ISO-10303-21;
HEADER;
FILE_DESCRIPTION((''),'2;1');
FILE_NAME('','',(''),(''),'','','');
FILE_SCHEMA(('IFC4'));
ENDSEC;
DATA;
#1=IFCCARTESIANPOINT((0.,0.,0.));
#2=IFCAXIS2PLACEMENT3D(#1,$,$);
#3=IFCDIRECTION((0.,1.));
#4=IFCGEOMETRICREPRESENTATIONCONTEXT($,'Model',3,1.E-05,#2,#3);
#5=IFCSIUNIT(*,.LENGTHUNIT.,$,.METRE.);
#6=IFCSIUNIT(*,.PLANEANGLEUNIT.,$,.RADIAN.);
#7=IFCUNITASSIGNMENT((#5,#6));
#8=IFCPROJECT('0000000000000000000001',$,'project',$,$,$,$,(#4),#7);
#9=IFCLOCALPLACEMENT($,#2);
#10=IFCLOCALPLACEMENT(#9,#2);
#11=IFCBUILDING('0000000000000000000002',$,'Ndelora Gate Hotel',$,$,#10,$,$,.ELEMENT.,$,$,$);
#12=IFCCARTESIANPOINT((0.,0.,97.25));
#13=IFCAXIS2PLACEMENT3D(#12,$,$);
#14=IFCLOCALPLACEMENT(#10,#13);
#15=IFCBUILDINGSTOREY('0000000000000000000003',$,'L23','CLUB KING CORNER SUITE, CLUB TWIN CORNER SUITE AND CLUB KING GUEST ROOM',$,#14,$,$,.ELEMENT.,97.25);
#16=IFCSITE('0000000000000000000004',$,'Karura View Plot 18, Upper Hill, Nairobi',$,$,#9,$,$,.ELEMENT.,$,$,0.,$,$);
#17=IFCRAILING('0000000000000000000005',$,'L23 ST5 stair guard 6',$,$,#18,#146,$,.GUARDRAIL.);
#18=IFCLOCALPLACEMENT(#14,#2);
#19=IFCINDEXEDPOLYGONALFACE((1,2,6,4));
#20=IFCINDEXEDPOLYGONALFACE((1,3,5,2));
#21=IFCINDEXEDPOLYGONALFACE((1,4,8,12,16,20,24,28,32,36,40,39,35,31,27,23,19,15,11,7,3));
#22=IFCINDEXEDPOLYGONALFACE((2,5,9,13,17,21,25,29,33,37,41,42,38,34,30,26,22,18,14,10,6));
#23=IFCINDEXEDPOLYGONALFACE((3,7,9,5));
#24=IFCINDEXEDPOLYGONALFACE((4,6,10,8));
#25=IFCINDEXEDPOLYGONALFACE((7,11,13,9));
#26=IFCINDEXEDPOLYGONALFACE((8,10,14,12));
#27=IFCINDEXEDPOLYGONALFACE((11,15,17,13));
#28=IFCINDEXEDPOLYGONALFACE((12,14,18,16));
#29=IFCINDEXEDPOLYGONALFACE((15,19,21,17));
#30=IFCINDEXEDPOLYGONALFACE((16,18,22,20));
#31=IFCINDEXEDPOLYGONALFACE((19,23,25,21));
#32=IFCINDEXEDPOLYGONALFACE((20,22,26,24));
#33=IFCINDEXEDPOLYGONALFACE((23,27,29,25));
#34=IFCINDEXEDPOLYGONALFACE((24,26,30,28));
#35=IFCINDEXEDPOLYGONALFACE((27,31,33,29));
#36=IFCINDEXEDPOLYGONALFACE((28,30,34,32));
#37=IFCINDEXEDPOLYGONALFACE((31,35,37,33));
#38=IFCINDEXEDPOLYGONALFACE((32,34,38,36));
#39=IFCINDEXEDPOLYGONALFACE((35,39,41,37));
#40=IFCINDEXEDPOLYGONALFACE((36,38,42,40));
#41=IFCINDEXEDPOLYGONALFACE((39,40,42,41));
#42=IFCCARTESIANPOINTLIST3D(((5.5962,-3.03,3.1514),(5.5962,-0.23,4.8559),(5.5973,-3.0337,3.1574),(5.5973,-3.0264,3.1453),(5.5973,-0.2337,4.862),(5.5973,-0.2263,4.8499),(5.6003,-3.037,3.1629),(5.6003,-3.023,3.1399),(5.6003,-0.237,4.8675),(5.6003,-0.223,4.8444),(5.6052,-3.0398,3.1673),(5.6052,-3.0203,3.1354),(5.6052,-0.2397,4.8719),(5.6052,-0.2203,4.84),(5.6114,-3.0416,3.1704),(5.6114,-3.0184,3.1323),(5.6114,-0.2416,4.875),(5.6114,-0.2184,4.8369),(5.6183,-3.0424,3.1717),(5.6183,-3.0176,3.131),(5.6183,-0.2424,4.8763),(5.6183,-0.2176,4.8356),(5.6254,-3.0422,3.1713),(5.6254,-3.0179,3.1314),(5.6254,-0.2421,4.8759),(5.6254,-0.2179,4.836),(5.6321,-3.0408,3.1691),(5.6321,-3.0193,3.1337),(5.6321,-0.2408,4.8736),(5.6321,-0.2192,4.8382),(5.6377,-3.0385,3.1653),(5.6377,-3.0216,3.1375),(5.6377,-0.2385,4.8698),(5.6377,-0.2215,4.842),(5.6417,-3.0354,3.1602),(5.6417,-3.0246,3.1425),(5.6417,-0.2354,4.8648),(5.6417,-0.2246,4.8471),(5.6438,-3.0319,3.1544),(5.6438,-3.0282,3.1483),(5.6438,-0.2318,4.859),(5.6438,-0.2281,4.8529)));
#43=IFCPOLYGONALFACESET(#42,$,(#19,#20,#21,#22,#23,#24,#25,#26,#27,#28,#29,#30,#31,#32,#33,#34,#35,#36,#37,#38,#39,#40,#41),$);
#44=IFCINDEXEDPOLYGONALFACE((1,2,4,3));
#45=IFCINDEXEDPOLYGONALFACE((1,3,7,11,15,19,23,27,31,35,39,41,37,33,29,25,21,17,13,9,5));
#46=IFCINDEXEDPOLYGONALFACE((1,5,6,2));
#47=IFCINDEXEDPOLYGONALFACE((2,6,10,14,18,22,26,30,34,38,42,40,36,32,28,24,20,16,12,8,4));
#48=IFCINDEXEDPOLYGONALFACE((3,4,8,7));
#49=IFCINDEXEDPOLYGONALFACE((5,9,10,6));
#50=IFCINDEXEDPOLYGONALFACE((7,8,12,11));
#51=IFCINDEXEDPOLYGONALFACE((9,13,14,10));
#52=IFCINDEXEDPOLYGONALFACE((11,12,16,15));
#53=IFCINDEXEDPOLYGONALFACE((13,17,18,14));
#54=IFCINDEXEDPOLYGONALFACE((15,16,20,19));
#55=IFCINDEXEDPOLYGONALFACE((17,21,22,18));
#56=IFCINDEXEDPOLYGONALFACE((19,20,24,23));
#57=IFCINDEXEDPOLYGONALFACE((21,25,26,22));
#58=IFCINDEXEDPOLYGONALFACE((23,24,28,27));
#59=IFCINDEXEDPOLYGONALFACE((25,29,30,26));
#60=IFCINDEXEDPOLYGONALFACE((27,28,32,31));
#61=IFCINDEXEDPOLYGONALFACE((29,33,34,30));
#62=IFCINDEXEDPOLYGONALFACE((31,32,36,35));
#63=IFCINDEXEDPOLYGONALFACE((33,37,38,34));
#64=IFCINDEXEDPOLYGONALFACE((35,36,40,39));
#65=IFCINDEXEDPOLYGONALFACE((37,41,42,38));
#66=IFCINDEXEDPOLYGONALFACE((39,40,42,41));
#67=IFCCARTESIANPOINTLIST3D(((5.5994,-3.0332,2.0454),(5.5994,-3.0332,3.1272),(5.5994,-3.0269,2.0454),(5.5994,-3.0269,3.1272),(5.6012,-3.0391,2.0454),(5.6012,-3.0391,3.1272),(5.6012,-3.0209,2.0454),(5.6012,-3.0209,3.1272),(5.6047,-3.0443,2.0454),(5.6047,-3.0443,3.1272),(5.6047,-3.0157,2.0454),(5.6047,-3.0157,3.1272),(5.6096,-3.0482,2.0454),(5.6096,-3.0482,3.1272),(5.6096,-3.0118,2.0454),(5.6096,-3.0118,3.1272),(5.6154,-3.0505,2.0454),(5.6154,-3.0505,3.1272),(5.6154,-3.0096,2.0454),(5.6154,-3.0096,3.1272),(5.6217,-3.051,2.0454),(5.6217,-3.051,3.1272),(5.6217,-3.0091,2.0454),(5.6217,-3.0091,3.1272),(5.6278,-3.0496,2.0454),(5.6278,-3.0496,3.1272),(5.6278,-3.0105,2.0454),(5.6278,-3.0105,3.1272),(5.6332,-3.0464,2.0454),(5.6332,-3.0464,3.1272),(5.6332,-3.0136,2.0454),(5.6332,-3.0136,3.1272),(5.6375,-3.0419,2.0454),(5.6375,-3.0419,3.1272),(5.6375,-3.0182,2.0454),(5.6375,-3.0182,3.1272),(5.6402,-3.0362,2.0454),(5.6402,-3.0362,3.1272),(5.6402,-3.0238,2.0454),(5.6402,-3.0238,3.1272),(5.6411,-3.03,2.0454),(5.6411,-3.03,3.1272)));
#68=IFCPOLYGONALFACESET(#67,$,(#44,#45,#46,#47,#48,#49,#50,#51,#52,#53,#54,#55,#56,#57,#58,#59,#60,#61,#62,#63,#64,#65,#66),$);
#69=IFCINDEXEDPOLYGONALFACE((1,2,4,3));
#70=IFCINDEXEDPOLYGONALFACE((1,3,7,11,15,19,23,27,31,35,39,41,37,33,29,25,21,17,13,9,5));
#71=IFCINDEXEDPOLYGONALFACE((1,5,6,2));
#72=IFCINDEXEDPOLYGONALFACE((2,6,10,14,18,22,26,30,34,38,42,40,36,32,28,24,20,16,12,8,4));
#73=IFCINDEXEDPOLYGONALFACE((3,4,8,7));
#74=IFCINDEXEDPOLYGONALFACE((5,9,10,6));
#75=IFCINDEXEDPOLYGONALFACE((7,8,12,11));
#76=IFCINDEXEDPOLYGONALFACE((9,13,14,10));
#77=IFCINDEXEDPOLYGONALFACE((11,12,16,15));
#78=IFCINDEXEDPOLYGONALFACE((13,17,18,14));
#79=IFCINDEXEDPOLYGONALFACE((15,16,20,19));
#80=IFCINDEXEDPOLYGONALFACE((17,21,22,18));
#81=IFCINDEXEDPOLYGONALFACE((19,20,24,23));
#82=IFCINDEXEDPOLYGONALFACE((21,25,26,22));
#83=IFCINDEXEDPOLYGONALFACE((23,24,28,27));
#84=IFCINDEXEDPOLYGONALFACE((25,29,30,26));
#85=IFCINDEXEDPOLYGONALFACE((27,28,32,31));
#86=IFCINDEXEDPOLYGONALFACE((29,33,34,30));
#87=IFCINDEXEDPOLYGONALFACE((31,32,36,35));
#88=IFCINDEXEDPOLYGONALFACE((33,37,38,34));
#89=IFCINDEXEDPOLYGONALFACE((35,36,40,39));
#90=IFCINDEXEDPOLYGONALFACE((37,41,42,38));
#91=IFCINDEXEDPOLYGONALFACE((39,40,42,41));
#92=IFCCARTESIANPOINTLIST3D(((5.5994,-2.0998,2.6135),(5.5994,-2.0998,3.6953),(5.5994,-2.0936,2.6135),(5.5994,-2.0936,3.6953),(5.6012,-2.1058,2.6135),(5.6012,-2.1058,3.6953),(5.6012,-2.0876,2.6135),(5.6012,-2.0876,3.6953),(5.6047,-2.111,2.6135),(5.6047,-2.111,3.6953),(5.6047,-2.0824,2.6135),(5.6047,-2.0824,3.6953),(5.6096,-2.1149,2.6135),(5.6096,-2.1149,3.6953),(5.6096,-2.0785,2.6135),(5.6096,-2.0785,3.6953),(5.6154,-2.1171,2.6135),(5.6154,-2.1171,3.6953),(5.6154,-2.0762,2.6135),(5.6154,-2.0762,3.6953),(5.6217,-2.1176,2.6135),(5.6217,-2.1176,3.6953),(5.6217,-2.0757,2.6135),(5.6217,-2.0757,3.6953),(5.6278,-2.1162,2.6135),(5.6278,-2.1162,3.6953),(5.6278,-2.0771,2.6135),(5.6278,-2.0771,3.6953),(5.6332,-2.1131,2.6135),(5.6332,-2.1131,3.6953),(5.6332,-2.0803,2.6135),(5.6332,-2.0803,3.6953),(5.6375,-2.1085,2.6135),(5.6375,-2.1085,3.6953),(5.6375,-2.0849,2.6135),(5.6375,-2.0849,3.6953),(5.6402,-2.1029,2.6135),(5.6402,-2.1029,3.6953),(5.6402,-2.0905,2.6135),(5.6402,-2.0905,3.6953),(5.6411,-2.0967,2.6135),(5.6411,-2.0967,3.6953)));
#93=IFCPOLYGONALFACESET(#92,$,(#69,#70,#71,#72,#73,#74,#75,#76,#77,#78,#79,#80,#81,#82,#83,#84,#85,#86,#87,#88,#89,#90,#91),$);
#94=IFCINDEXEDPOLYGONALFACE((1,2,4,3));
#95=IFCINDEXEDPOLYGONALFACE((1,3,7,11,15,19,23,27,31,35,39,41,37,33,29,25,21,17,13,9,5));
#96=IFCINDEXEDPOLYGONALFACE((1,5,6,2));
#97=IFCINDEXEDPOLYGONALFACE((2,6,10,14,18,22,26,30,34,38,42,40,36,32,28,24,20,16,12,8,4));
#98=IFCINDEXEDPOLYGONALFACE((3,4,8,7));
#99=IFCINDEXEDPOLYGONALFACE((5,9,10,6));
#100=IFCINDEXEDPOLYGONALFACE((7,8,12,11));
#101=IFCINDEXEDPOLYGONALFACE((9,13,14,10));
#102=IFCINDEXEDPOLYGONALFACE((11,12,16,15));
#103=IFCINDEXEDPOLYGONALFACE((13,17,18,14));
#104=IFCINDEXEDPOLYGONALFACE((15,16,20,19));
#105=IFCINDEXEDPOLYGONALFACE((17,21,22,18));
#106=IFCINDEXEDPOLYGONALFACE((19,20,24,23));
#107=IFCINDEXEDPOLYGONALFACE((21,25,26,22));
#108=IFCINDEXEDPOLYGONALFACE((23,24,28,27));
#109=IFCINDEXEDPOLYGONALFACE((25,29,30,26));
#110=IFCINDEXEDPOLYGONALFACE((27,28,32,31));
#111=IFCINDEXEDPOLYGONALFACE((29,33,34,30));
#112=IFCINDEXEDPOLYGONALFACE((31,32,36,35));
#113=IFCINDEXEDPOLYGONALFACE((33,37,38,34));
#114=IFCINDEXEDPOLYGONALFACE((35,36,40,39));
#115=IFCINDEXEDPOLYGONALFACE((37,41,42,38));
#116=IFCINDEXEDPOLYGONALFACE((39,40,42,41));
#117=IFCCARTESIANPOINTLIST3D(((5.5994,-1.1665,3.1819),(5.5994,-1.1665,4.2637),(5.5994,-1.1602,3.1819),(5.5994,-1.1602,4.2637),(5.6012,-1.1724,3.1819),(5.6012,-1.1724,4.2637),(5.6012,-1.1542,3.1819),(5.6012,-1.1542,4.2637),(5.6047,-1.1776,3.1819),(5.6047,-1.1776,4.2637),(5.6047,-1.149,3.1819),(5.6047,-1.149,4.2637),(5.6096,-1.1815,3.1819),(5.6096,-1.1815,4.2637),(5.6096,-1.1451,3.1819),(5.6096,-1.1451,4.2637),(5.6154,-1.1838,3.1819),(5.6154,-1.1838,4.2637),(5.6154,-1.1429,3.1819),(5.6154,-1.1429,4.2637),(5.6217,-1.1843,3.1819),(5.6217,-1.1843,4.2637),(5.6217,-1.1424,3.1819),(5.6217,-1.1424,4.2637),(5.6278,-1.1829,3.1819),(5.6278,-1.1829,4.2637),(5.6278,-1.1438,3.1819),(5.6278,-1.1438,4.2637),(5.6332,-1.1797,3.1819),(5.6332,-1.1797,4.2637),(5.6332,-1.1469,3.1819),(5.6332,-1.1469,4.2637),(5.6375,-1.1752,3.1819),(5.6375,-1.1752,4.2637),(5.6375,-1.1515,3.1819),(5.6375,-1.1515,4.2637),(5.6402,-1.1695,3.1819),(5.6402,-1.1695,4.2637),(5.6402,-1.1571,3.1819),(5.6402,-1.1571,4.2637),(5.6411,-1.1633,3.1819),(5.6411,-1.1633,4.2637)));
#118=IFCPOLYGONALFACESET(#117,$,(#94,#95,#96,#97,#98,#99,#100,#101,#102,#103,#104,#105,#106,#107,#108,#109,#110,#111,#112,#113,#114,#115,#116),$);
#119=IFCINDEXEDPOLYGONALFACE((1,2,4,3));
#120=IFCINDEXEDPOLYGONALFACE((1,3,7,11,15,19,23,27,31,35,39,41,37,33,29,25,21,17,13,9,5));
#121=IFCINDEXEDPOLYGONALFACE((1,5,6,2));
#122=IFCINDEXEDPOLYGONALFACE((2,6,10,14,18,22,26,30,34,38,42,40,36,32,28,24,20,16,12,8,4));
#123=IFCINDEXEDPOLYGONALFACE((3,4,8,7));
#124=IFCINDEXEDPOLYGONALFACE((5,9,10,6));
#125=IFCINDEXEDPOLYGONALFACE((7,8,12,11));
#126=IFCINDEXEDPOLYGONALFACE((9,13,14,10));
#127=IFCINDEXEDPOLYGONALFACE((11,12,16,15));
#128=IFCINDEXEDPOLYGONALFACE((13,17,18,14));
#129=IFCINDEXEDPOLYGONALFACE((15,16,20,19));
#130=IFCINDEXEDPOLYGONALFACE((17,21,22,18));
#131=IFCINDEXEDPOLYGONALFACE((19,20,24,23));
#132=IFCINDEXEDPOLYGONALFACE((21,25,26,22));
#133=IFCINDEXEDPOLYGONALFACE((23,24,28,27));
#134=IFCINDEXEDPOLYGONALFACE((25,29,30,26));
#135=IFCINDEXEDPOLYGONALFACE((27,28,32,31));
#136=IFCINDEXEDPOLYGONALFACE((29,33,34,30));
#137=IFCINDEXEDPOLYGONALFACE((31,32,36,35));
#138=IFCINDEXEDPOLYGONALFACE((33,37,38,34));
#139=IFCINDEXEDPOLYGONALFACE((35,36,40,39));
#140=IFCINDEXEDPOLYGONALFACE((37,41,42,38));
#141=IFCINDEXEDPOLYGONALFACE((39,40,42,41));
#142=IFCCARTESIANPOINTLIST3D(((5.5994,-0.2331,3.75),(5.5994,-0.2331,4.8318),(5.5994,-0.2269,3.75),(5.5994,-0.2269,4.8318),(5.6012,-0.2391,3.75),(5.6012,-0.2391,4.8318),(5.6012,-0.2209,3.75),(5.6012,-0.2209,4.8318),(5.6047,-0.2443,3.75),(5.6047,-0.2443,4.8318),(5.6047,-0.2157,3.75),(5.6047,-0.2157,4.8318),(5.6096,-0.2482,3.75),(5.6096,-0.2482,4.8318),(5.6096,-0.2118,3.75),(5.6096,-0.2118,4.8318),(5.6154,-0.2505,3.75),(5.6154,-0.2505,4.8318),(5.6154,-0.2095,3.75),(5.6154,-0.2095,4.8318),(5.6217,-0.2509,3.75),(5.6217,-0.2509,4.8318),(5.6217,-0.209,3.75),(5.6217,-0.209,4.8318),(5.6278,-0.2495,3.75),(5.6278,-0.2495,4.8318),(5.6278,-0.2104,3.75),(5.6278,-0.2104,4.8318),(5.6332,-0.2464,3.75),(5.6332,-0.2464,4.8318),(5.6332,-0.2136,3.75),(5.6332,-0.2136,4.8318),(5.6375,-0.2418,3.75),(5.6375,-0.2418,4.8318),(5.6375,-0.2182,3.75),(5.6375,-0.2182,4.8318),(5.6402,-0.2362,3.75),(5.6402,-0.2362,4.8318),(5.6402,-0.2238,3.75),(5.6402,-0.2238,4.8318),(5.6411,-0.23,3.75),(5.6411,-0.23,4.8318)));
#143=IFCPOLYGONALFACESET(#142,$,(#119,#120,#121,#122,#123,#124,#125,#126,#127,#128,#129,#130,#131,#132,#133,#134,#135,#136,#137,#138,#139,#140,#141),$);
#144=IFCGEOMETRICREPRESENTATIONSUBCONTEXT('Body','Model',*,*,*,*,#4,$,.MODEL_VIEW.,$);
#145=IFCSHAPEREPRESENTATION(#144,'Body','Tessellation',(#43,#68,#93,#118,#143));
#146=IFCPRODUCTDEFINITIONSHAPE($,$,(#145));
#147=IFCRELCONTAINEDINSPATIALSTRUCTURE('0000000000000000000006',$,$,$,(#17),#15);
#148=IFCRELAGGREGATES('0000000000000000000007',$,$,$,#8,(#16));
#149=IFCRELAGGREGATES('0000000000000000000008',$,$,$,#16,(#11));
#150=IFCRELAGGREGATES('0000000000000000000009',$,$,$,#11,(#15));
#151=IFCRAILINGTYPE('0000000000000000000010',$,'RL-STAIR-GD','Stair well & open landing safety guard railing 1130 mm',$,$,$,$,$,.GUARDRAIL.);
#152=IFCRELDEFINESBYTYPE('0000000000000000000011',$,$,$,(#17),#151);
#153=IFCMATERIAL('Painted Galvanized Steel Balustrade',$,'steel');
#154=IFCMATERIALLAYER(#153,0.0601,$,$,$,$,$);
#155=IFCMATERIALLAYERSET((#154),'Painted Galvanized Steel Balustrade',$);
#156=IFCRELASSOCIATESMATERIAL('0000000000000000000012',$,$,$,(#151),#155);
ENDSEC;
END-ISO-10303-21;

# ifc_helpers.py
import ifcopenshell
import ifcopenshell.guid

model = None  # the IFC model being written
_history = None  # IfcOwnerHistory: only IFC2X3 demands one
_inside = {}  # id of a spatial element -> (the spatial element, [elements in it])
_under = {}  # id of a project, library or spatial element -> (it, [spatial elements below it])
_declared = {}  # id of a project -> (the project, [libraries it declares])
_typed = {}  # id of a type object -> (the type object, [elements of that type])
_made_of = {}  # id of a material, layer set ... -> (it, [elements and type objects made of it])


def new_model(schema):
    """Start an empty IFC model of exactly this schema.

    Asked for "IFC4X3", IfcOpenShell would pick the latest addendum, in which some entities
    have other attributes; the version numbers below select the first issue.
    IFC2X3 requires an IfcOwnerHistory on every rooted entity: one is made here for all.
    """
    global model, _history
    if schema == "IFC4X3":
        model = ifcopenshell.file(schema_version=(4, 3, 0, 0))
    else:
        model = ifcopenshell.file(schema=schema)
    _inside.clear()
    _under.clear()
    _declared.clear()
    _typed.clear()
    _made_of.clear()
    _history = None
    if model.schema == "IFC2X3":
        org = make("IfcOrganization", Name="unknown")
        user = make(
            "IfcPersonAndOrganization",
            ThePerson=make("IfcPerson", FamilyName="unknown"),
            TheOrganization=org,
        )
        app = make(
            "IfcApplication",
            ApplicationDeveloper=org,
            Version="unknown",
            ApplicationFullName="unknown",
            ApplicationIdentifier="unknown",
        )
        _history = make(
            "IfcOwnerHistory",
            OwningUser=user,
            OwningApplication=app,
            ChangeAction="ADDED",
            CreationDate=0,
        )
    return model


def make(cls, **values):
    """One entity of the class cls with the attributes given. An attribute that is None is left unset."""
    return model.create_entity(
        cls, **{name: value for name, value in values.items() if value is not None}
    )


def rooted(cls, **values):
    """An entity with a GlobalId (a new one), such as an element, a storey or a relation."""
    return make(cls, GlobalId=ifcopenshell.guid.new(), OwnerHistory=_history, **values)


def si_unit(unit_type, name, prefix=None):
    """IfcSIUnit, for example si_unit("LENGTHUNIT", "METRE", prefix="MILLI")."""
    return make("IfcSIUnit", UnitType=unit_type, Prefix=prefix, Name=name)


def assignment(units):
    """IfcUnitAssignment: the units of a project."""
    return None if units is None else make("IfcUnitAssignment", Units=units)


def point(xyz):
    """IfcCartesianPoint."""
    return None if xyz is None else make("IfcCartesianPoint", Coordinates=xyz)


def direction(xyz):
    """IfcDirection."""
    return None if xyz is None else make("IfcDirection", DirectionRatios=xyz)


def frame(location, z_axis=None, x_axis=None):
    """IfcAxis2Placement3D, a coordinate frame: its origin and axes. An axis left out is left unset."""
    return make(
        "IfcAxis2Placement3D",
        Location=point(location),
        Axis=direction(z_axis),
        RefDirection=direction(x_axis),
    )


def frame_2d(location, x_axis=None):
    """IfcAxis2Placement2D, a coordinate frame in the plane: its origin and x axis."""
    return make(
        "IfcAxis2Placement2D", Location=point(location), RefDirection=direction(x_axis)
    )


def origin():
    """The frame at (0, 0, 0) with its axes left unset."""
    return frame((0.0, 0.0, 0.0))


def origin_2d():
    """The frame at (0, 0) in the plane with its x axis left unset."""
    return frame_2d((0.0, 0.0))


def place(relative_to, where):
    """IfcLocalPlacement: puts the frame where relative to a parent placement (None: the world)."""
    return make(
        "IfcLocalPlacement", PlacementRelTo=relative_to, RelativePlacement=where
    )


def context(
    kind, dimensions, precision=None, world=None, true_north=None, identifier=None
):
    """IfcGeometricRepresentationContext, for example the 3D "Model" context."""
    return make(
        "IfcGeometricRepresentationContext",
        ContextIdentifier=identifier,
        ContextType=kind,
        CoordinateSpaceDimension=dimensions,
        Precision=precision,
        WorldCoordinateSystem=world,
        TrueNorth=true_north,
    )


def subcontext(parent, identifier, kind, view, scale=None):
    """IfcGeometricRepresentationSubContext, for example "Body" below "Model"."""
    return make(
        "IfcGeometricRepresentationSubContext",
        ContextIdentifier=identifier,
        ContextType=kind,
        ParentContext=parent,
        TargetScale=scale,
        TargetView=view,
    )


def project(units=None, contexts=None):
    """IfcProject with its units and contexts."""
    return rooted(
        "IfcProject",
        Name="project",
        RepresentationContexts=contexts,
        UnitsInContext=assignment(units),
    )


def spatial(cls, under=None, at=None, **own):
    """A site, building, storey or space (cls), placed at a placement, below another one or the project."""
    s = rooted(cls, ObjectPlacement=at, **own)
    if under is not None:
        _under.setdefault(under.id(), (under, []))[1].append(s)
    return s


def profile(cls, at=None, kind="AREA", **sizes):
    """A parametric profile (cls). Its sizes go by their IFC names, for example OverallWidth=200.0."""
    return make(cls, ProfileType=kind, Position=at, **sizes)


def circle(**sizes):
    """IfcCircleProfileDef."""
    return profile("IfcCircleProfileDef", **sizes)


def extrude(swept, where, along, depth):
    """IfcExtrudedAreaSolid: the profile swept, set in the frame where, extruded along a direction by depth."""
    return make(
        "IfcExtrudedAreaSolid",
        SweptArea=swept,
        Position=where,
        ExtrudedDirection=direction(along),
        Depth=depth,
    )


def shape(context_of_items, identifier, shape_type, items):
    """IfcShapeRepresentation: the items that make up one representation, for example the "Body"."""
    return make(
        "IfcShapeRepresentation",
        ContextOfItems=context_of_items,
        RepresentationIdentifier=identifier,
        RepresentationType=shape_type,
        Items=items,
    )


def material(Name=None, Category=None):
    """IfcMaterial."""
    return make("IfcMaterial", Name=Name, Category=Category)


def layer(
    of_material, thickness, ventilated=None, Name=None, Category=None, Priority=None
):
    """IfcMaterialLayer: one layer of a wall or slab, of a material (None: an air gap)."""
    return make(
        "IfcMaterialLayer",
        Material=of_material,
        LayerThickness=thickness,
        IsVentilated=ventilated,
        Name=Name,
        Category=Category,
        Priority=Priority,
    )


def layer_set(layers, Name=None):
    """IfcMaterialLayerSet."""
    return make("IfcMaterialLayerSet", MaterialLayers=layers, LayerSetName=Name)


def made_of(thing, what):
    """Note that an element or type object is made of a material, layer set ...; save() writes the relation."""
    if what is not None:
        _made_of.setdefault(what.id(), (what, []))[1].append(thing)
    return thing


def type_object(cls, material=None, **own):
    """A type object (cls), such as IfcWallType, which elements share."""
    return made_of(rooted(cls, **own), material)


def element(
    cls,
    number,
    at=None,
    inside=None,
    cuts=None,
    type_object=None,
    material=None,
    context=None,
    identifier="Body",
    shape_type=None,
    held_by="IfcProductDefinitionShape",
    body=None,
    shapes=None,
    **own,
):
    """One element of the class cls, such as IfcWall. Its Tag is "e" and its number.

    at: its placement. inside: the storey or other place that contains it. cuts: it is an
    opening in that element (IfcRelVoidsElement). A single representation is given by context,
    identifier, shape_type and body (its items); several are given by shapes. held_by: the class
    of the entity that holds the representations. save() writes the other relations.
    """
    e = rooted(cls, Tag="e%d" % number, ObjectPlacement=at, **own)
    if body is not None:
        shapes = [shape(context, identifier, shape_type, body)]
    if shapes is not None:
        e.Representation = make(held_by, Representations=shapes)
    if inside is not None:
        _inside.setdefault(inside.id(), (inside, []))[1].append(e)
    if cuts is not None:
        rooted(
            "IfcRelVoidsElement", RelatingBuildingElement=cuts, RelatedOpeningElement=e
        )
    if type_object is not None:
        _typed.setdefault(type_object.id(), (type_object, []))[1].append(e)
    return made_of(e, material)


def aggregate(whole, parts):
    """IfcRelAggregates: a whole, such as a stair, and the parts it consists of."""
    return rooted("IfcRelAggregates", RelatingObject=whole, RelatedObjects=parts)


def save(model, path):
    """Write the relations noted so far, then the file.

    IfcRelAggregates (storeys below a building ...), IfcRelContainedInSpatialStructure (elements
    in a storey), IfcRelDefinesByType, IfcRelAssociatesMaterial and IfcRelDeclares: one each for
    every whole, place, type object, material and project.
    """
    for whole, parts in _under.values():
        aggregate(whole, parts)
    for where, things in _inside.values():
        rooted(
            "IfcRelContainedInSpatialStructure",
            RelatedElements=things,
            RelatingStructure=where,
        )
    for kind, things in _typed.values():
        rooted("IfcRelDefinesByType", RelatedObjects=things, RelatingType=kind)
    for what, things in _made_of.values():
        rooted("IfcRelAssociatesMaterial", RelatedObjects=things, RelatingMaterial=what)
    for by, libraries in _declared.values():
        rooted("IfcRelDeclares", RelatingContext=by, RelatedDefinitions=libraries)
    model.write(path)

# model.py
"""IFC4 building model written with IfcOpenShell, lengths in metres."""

from ifc_helpers import new_model, si_unit, direction, frame, origin, origin_2d, place, context, subcontext, project, spatial, circle, extrude, material, layer, layer_set, type_object, element, save


model = new_model("IFC4")

# Units and contexts
model_context = context("Model", 3, precision=1e-05, world=origin(), true_north=direction((0.0, 1.0)))
body_context = subcontext(model_context, "Body", "Model", "MODEL_VIEW")
ifc_project = project(units=[si_unit("LENGTHUNIT", "METRE"), si_unit("PLANEANGLEUNIT", "RADIAN")], contexts=[model_context])

# Site, building, storey
site_placement = place(None, origin())
site = spatial("IfcSite", under=ifc_project, at=site_placement, Name="Karura View Plot 18, Upper Hill, Nairobi", CompositionType="ELEMENT", RefElevation=0.0)
building_placement = place(site_placement, origin())
building = spatial("IfcBuilding", under=site, at=building_placement, Name="Ndelora Gate Hotel", CompositionType="ELEMENT")
storey_placement = place(building_placement, frame((0.0, 0.0, 97.25)))
storey = spatial("IfcBuildingStorey", under=building, at=storey_placement, Name="L23", Description="CLUB KING CORNER SUITE, CLUB TWIN CORNER SUITE AND CLUB KING GUEST ROOM", CompositionType="ELEMENT", Elevation=97.25)

# Railing
ifc_material_1 = material(Name="Painted Galvanized Steel Balustrade", Category="steel")
ifc_layer_1 = layer(ifc_material_1, 0.0601)
ifc_layer_set_1 = layer_set([ifc_layer_1], Name="Painted Galvanized Steel Balustrade")
railing_type_1 = type_object("IfcRailingType", Name="RL-STAIR-GD", Description="Stair well & open landing safety guard railing 1130 mm", PredefinedType="GUARDRAIL", material=ifc_layer_set_1)
railing_1_placement = place(storey_placement, frame((5.6201, -3.03, 2.0454)))
element("IfcRailing", 1, at=railing_1_placement, inside=storey, type_object=railing_type_1, Name="L23 ST5 stair guard 6", PredefinedType="GUARDRAIL", context=body_context, shape_type="SweptSolid", body=[
    extrude(circle(Radius=0.0239, at=origin_2d()), frame((0.0, 0.0, 1.106), z_axis=(0.0, 0.85417, 0.519994), x_axis=(-1.0, 0.0, 0.0)), (0.0, 0.0, 1.0), 3.2781),
    extrude(circle(Radius=0.021, at=origin_2d()), origin(), (0.0, 0.0, 1.0), 1.0818),
    extrude(circle(Radius=0.021, at=origin_2d()), frame((0.0, 0.9333, 0.5681)), (0.0, 0.0, 1.0), 1.0818),
    extrude(circle(Radius=0.021, at=origin_2d()), frame((0.0, 1.8667, 1.1365)), (0.0, 0.0, 1.0), 1.0818),
    extrude(circle(Radius=0.021, at=origin_2d()), frame((0.0, 2.8, 1.7046)), (0.0, 0.0, 1.0), 1.0818),
])

save(model, "model.ifc")
